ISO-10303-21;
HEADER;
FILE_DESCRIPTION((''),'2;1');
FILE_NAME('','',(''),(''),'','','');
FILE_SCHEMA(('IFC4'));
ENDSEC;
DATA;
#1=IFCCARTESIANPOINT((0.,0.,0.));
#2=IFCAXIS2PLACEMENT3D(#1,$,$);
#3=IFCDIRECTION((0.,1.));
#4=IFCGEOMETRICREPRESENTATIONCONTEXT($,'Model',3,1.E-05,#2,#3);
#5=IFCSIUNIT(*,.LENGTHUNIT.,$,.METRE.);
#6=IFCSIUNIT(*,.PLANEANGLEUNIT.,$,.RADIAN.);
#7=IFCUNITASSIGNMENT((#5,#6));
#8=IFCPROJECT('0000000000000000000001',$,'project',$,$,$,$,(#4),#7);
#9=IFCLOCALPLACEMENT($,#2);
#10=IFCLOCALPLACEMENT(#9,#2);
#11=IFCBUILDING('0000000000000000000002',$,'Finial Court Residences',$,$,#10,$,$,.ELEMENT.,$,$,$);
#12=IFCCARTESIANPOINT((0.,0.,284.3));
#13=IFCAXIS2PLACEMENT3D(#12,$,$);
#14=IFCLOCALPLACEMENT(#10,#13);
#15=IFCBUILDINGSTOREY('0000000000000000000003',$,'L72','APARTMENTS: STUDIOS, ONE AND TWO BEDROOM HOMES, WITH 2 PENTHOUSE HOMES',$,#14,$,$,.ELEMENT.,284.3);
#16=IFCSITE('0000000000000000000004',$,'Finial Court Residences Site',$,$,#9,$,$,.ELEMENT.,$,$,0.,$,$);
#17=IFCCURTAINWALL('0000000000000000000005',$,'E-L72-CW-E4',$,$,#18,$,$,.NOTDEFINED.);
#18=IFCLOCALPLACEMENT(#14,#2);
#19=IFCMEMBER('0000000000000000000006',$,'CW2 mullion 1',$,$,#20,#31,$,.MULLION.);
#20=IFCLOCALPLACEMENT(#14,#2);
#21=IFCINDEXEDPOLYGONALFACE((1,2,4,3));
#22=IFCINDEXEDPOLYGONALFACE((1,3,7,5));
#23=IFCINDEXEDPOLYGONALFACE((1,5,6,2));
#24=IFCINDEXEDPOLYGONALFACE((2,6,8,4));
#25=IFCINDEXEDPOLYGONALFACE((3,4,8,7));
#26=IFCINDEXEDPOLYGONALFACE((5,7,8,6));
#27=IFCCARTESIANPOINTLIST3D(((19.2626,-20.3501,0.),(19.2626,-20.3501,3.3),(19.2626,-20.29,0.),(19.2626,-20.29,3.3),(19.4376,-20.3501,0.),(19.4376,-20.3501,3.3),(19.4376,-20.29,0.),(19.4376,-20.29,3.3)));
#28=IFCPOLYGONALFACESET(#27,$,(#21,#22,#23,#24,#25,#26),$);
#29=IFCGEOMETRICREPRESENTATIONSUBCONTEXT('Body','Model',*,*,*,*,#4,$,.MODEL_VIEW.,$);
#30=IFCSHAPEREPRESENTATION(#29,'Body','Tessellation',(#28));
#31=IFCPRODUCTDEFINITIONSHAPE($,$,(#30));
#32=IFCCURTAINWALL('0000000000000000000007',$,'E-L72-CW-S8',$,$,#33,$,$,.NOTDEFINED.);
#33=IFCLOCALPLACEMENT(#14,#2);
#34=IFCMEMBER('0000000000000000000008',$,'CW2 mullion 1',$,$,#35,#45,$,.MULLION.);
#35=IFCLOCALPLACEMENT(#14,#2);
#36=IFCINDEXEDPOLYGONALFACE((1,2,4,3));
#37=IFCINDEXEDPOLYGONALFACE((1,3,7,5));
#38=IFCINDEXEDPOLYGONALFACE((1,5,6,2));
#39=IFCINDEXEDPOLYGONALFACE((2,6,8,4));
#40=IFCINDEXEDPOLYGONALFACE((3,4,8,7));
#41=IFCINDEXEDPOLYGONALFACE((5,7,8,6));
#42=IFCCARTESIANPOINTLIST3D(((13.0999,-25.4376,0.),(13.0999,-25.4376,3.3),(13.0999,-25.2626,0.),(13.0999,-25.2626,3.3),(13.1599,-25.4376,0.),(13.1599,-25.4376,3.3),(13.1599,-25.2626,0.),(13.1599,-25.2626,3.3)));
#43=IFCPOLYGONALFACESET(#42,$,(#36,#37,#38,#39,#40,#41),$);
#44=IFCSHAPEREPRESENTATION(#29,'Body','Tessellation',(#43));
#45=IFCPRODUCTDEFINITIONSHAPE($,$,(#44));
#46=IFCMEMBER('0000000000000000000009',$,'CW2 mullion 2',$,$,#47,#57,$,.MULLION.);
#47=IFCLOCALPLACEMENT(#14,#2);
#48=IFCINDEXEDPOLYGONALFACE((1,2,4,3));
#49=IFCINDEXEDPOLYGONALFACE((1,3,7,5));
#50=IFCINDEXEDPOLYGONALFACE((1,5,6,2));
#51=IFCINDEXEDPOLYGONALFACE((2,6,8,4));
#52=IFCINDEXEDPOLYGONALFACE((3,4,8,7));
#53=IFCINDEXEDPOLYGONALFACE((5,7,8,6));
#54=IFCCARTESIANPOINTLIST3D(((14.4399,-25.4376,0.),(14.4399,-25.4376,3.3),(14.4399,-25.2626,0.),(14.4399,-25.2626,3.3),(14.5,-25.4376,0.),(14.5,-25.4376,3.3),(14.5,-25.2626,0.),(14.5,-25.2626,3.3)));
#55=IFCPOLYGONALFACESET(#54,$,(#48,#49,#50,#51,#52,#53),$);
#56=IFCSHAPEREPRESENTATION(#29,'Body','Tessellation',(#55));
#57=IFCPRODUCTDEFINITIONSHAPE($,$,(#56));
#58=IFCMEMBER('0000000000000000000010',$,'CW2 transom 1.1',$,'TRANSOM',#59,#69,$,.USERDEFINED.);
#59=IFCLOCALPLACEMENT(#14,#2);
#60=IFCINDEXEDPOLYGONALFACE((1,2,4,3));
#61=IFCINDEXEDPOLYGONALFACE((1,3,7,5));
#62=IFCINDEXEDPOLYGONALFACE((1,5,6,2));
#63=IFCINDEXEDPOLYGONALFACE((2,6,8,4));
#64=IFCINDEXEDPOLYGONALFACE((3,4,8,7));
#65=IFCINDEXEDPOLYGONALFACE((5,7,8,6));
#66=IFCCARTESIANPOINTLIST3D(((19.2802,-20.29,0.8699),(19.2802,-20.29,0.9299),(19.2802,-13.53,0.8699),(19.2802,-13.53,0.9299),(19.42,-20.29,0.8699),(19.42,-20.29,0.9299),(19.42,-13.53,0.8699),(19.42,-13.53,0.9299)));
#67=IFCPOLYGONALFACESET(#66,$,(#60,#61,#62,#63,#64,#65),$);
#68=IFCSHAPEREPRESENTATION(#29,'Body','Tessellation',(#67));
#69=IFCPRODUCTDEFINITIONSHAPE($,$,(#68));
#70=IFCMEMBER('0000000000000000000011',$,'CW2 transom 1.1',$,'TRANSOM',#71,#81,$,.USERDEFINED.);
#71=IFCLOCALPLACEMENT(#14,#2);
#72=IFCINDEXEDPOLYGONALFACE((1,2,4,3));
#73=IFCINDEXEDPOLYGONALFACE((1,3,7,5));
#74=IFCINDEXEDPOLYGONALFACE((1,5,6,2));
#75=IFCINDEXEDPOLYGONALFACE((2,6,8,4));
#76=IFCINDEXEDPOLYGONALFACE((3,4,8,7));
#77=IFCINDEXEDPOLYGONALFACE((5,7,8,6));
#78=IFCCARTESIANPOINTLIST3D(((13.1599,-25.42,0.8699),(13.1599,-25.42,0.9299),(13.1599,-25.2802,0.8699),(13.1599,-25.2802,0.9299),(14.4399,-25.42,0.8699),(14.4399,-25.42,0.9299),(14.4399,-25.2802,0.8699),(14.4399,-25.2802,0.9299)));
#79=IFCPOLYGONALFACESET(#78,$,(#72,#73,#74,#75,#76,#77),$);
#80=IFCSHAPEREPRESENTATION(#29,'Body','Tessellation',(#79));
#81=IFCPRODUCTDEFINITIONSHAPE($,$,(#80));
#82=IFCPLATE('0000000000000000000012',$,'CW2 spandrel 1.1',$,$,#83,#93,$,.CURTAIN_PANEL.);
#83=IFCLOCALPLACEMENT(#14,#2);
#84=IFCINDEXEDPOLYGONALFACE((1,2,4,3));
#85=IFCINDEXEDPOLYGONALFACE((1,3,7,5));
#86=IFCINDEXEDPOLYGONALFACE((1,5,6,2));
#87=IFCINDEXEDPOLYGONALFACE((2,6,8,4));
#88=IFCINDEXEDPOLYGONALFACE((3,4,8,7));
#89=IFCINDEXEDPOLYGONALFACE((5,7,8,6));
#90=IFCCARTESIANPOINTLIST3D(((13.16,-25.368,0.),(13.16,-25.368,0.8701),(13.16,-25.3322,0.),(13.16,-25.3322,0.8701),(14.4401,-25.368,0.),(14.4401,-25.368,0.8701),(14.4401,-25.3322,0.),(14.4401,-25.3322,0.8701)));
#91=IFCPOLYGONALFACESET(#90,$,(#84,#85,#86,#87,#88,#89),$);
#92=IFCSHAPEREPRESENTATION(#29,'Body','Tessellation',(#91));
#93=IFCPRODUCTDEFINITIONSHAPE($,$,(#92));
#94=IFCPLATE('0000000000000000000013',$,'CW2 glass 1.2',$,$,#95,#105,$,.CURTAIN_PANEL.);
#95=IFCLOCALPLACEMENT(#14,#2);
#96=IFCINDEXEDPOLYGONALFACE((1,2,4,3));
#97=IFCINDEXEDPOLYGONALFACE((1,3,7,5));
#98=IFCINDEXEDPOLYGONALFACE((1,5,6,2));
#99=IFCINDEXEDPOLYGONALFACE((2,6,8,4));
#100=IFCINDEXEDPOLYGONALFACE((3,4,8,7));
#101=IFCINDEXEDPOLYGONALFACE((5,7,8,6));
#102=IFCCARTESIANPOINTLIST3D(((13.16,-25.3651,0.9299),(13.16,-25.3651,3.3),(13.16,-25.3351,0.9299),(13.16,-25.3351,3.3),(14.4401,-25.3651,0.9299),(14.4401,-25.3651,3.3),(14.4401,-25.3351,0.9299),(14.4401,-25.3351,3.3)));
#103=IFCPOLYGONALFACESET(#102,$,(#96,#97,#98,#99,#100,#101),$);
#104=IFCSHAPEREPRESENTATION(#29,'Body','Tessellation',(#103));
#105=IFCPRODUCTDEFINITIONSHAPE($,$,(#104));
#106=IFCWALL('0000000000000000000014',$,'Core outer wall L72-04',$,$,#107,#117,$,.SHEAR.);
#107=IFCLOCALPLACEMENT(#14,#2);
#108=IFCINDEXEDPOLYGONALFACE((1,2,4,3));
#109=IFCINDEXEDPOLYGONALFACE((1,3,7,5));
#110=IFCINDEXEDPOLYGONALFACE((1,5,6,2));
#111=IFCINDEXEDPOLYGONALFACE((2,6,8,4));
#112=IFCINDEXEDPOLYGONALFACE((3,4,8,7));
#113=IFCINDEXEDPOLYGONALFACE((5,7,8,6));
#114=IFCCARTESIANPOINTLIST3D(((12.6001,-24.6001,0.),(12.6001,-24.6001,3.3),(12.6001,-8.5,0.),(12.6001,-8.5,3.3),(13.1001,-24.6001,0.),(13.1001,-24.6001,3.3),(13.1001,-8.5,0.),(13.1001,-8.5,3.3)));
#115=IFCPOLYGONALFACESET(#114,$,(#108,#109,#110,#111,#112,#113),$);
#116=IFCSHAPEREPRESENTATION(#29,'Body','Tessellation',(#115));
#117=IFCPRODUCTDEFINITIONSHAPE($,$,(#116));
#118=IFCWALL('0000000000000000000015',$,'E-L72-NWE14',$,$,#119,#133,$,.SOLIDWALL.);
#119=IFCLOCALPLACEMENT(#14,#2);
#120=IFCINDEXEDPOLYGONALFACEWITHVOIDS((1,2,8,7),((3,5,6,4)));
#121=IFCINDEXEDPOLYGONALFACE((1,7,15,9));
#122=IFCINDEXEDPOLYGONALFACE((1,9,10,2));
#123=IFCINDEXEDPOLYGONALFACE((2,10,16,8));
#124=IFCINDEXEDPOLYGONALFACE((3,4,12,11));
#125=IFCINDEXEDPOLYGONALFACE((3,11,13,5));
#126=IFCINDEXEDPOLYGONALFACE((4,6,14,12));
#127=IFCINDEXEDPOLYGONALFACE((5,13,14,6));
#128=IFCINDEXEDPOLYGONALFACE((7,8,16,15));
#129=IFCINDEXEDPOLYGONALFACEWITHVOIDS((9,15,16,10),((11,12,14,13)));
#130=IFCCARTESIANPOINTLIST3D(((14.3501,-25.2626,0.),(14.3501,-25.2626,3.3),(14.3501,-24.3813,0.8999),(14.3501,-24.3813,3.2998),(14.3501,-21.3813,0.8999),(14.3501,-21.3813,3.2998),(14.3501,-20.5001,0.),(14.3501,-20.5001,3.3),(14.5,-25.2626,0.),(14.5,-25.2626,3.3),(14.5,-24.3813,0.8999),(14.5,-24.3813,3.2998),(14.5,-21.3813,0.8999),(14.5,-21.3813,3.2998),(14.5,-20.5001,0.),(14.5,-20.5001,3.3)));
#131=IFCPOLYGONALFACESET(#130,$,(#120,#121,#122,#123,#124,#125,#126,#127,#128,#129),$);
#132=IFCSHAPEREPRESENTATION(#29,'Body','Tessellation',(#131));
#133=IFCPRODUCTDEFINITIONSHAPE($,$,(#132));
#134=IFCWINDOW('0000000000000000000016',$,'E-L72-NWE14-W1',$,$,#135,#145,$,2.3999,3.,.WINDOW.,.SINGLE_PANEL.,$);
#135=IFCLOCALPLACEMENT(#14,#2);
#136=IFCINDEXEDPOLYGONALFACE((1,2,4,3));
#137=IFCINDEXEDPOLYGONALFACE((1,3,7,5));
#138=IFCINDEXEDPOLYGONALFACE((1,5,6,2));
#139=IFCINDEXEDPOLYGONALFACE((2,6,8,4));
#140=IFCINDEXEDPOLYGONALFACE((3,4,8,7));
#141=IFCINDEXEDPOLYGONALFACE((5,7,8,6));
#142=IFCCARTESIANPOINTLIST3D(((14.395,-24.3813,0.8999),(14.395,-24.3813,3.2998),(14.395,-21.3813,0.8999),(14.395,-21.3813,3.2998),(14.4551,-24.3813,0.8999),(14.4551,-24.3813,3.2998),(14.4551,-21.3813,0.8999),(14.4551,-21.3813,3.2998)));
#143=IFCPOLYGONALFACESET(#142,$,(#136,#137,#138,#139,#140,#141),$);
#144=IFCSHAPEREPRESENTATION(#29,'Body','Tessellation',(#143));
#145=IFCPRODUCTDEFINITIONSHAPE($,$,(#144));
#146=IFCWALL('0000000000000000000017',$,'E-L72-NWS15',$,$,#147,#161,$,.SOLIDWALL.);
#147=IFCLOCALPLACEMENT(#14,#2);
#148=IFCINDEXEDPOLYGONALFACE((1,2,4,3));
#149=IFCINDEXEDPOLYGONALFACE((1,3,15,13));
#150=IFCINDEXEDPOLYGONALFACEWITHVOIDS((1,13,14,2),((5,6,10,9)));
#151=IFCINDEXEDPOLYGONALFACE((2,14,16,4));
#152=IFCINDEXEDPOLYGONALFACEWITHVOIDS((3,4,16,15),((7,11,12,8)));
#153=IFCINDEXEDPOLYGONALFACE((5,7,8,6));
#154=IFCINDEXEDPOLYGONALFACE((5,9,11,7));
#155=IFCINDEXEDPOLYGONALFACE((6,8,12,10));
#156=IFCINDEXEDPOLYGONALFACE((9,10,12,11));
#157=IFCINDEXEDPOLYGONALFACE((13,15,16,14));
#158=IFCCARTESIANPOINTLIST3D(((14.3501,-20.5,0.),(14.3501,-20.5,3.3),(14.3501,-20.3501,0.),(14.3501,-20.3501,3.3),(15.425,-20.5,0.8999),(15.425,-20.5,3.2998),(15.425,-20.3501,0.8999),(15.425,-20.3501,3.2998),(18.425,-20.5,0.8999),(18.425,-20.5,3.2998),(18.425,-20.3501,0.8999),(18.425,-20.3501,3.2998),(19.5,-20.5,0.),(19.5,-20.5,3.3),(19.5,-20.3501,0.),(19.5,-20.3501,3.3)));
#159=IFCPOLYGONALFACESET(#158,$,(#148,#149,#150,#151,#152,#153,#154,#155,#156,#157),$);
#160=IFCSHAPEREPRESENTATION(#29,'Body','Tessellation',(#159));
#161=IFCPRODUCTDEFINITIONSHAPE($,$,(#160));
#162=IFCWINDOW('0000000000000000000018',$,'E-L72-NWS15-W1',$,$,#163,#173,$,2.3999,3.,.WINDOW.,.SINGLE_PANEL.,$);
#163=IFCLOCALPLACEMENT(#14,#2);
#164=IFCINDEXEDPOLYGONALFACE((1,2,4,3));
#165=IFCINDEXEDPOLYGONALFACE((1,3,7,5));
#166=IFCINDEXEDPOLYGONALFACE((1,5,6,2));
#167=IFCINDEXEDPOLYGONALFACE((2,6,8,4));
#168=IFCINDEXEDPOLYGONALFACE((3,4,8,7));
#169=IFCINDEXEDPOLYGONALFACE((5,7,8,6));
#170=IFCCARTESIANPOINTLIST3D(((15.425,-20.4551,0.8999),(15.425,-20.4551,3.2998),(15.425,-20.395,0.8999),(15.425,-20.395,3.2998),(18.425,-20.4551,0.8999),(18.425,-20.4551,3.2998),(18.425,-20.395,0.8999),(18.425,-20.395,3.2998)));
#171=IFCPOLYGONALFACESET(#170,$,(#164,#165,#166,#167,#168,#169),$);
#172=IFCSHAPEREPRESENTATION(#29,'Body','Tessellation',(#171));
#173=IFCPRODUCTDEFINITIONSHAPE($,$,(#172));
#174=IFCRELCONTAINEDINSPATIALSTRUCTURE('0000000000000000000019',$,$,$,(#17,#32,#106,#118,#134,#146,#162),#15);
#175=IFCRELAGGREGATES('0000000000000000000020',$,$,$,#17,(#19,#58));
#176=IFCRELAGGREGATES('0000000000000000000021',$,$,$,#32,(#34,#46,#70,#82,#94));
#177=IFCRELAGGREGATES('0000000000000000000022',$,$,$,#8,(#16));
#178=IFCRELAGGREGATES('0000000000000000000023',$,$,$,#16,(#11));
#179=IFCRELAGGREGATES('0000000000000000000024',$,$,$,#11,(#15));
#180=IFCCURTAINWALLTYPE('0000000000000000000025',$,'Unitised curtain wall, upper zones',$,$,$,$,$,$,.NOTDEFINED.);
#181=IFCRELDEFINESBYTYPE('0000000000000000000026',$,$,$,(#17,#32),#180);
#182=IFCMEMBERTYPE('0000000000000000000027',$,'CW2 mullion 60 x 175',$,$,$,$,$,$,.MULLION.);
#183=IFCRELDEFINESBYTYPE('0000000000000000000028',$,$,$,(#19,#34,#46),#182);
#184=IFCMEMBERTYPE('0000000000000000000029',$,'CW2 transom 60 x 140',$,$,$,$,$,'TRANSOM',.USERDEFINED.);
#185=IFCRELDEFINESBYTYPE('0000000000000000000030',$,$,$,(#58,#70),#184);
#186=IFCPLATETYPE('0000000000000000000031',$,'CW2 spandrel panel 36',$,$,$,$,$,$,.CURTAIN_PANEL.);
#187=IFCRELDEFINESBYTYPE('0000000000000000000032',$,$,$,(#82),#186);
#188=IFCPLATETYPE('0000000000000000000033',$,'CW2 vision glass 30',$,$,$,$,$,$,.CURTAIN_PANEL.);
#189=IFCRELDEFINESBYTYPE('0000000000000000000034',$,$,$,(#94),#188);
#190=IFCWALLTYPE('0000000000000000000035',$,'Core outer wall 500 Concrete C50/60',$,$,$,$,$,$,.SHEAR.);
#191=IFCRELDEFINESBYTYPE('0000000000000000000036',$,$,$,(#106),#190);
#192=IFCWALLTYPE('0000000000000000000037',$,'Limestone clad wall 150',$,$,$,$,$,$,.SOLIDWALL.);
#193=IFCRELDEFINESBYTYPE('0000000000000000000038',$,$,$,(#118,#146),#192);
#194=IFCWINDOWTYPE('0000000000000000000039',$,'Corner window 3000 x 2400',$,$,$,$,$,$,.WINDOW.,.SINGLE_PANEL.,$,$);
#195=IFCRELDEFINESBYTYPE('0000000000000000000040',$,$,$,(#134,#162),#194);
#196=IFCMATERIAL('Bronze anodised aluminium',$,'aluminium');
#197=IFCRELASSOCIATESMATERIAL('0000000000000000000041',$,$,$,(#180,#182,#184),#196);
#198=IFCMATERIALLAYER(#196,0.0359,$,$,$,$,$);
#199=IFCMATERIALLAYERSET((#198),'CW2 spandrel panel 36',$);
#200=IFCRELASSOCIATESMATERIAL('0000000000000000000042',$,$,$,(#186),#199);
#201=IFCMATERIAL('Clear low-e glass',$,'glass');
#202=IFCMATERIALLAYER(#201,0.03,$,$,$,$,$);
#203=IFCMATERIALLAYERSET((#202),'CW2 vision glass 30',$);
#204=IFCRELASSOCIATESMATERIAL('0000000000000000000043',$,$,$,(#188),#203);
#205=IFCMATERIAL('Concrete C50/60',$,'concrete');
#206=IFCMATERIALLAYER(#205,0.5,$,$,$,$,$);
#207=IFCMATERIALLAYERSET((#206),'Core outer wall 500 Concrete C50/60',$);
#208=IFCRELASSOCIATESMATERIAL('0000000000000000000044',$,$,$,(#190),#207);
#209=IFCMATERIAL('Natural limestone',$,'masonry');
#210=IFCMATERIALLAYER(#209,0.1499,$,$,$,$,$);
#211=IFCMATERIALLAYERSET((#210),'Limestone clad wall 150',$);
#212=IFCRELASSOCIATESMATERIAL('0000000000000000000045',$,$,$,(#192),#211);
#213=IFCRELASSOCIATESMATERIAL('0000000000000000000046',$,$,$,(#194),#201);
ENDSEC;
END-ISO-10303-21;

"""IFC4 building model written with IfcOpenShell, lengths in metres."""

from ifc_helpers import new_model, si_unit, direction, frame, frame_2d, origin, origin_2d, place, context, subcontext, project, spatial, rectangle, extrude, material, layer, layer_set, material_profile, profile_set, type_object, element, fill, aggregate, save


model = new_model("IFC4")

# Units and contexts
model_context = context("Model", 3, precision=1e-05, world=origin(), true_north=direction((0.0, 1.0)))
body_context = subcontext(model_context, "Body", "Model", "MODEL_VIEW")
ifc_project = project(units=[si_unit("LENGTHUNIT", "METRE"), si_unit("PLANEANGLEUNIT", "RADIAN")], contexts=[model_context])

# Site, building, storey
site_placement = place(None, origin())
site = spatial("IfcSite", under=ifc_project, at=site_placement, Name="Finial Court Residences Site", CompositionType="ELEMENT", RefElevation=0.0)
building_placement = place(site_placement, origin())
building = spatial("IfcBuilding", under=site, at=building_placement, Name="Finial Court Residences", CompositionType="ELEMENT")
storey_placement = place(building_placement, frame((0.0, 0.0, 284.3)))
storey = spatial("IfcBuildingStorey", under=building, at=storey_placement, Name="L72", Description="APARTMENTS: STUDIOS, ONE AND TWO BEDROOM HOMES, WITH 2 PENTHOUSE HOMES", CompositionType="ELEMENT", Elevation=284.3)

# Curtain wall, member
ifc_material_1 = material(Name="Bronze anodised aluminium", Category="aluminium")
curtain_wall_type = type_object("IfcCurtainWallType", Name="Unitised curtain wall, upper zones", PredefinedType="NOTDEFINED", material=ifc_material_1)
curtain_wall_1_placement = place(storey_placement, origin())
curtain_wall_1 = element("IfcCurtainWall", 1, at=curtain_wall_1_placement, inside=storey, type_object=curtain_wall_type, Name="E-L72-CW-E4", PredefinedType="NOTDEFINED")
ifc_material_profile_1 = material_profile(ifc_material_1, rectangle(XDim=0.175, YDim=0.0601, at=origin_2d()), Name="CW2 mullion 60 x 175")
ifc_profile_set_1 = profile_set([ifc_material_profile_1], Name="Bronze anodised aluminium")
member_type_1 = type_object("IfcMemberType", Name="CW2 mullion 60 x 175", PredefinedType="MULLION", material=ifc_profile_set_1)
member_1_placement = place(storey_placement, frame((19.3501, -20.3201, 0.0), z_axis=(0.0, 0.0, 1.0), x_axis=(-1.0, 0.0, 0.0)))
member_1 = element("IfcMember", 2, at=member_1_placement, type_object=member_type_1, Name="CW2 mullion 1", PredefinedType="MULLION", context=body_context, shape_type="SweptSolid", body=[
    extrude(rectangle(XDim=0.175, YDim=0.0601, at=origin_2d()), origin(), (0.0, 0.0, 1.0), 3.3),
])

# Curtain wall, members
curtain_wall_2_placement = place(storey_placement, origin())
curtain_wall_2 = element("IfcCurtainWall", 3, at=curtain_wall_2_placement, inside=storey, type_object=curtain_wall_type, Name="E-L72-CW-S8", PredefinedType="NOTDEFINED")
member_2_placement = place(storey_placement, frame((13.1299, -25.3501, 0.0), z_axis=(0.0, 0.0, 1.0), x_axis=(0.0, 1.0, 0.0)))
member_2 = element("IfcMember", 4, at=member_2_placement, type_object=member_type_1, Name="CW2 mullion 1", PredefinedType="MULLION", context=body_context, shape_type="SweptSolid", body=[
    extrude(rectangle(XDim=0.175, YDim=0.0601, at=origin_2d()), origin(), (0.0, 0.0, 1.0), 3.3),
])
member_3_placement = place(storey_placement, frame((14.47, -25.3501, 0.0), z_axis=(0.0, 0.0, 1.0), x_axis=(0.0, 1.0, 0.0)))
member_3 = element("IfcMember", 5, at=member_3_placement, type_object=member_type_1, Name="CW2 mullion 2", PredefinedType="MULLION", context=body_context, shape_type="SweptSolid", body=[
    extrude(rectangle(XDim=0.175, YDim=0.0601, at=origin_2d()), origin(), (0.0, 0.0, 1.0), 3.3),
])

# Members
ifc_material_profile_2 = material_profile(ifc_material_1, rectangle(XDim=0.1399, YDim=0.0601, at=origin_2d()), Name="CW2 transom 60 x 140")
ifc_profile_set_2 = profile_set([ifc_material_profile_2], Name="Bronze anodised aluminium")
member_type_2 = type_object("IfcMemberType", Name="CW2 transom 60 x 140", ElementType="TRANSOM", PredefinedType="USERDEFINED", material=ifc_profile_set_2)
member_4_placement = place(storey_placement, frame((19.3501, -20.29, 0.8999), z_axis=(0.0, 1.0, 0.0), x_axis=(-1.0, 0.0, 0.0)))
member_4 = element("IfcMember", 6, at=member_4_placement, type_object=member_type_2, Name="CW2 transom 1.1", ObjectType="TRANSOM", PredefinedType="USERDEFINED", context=body_context, shape_type="SweptSolid", body=[
    extrude(rectangle(XDim=0.1399, YDim=0.0601, at=origin_2d()), origin(), (0.0, 0.0, 1.0), 6.76),
])
aggregate(curtain_wall_1, [member_1, member_4])
member_5_placement = place(storey_placement, frame((13.1599, -25.3501, 0.8999), z_axis=(1.0, 0.0, 0.0), x_axis=(0.0, 1.0, 0.0)))
member_5 = element("IfcMember", 7, at=member_5_placement, type_object=member_type_2, Name="CW2 transom 1.1", ObjectType="TRANSOM", PredefinedType="USERDEFINED", context=body_context, shape_type="SweptSolid", body=[
    extrude(rectangle(XDim=0.1399, YDim=0.0601, at=origin_2d()), origin(), (0.0, 0.0, 1.0), 1.28),
])

# Plates
ifc_layer_1 = layer(ifc_material_1, 0.0359)
ifc_layer_set_1 = layer_set([ifc_layer_1], Name="CW2 spandrel panel 36")
plate_type_1 = type_object("IfcPlateType", Name="CW2 spandrel panel 36", PredefinedType="CURTAIN_PANEL", material=ifc_layer_set_1)
plate_1_placement = place(storey_placement, frame((13.8, -25.3501, 0.0), z_axis=(0.0, 0.0, 1.0), x_axis=(1.0, 0.0, 0.0)))
plate_1 = element("IfcPlate", 8, at=plate_1_placement, type_object=plate_type_1, Name="CW2 spandrel 1.1", PredefinedType="CURTAIN_PANEL", context=body_context, shape_type="SweptSolid", body=[
    extrude(rectangle(XDim=1.28, YDim=0.0359, at=origin_2d()), origin(), (0.0, 0.0, 1.0), 0.8701),
])
ifc_material_2 = material(Name="Clear low-e glass", Category="glass")
ifc_layer_2 = layer(ifc_material_2, 0.03)
ifc_layer_set_2 = layer_set([ifc_layer_2], Name="CW2 vision glass 30")
plate_type_2 = type_object("IfcPlateType", Name="CW2 vision glass 30", PredefinedType="CURTAIN_PANEL", material=ifc_layer_set_2)
plate_2_placement = place(storey_placement, frame((13.8, -25.3501, 0.9299), z_axis=(0.0, 0.0, 1.0), x_axis=(1.0, 0.0, 0.0)))
plate_2 = element("IfcPlate", 9, at=plate_2_placement, type_object=plate_type_2, Name="CW2 glass 1.2", PredefinedType="CURTAIN_PANEL", context=body_context, shape_type="SweptSolid", body=[
    extrude(rectangle(XDim=1.28, YDim=0.03, at=origin_2d()), origin(), (0.0, 0.0, 1.0), 2.3701),
])
aggregate(curtain_wall_2, [member_2, member_3, member_5, plate_1, plate_2])

# Wall
ifc_material_3 = material(Name="Concrete C50/60", Category="concrete")
ifc_layer_3 = layer(ifc_material_3, 0.5)
ifc_layer_set_3 = layer_set([ifc_layer_3], Name="Core outer wall 500 Concrete C50/60")
wall_type_1 = type_object("IfcWallType", Name="Core outer wall 500 Concrete C50/60", PredefinedType="SHEAR", material=ifc_layer_set_3)
wall_1_placement = place(storey_placement, frame((12.8501, -24.6001, 0.0), z_axis=(0.0, 0.0, 1.0), x_axis=(0.0, 1.0, 0.0)))
element("IfcWall", 10, at=wall_1_placement, inside=storey, type_object=wall_type_1, Name="Core outer wall L72-04", PredefinedType="SHEAR", context=body_context, shape_type="SweptSolid", body=[
    extrude(rectangle(XDim=16.1001, YDim=0.5, at=frame_2d((8.05, 0.0))), origin(), (0.0, 0.0, 1.0), 3.3),
])

# Walls, openings, windows
ifc_material_4 = material(Name="Natural limestone", Category="masonry")
ifc_layer_4 = layer(ifc_material_4, 0.1499)
ifc_layer_set_4 = layer_set([ifc_layer_4], Name="Limestone clad wall 150")
wall_type_2 = type_object("IfcWallType", Name="Limestone clad wall 150", PredefinedType="SOLIDWALL", material=ifc_layer_set_4)
wall_2_placement = place(storey_placement, frame((14.425, -20.5, 0.0), z_axis=(0.0, 0.0, 1.0), x_axis=(0.0, -1.0, 0.0)))
wall_2 = element("IfcWall", 11, at=wall_2_placement, inside=storey, type_object=wall_type_2, Name="E-L72-NWE14", PredefinedType="SOLIDWALL", context=body_context, shape_type="SweptSolid", body=[
    extrude(rectangle(XDim=4.7625, YDim=0.1499, at=frame_2d((2.3813, 0.0))), origin(), (0.0, 0.0, 1.0), 3.3),
])
opening_1_placement = place(wall_2_placement, frame((0.8813, 0.0, 0.8999)))
opening_1 = element("IfcOpeningElement", 12, at=opening_1_placement, cuts=wall_2, PredefinedType="OPENING", context=body_context, shape_type="SweptSolid", body=[
    extrude(rectangle(XDim=3.0, YDim=2.3999, at=frame_2d((1.5, 1.2))), frame((0.0, 0.085, 0.0), z_axis=(0.0, -1.0, 0.0), x_axis=(1.0, 0.0, 0.0)), (0.0, 0.0, 1.0), 0.1699),
])
window_type = type_object("IfcWindowType", Name="Corner window 3000 x 2400", PartitioningType="SINGLE_PANEL", PredefinedType="WINDOW", material=ifc_material_2)
window_1_placement = place(opening_1_placement, origin())
window_1 = element("IfcWindow", 13, at=window_1_placement, inside=storey, type_object=window_type, Name="E-L72-NWE14-W1", OverallHeight=2.3999, OverallWidth=3.0, PartitioningType="SINGLE_PANEL", PredefinedType="WINDOW", context=body_context, shape_type="SweptSolid", body=[
    extrude(rectangle(XDim=3.0, YDim=2.3999, at=frame_2d((1.5, 1.2))), frame((0.0, 0.03, 0.0), z_axis=(0.0, -1.0, 0.0), x_axis=(1.0, 0.0, 0.0)), (0.0, 0.0, 1.0), 0.0601),
])
fill(opening_1, window_1)
wall_3_placement = place(storey_placement, frame((19.5, -20.425, 0.0), z_axis=(0.0, 0.0, 1.0), x_axis=(-1.0, 0.0, 0.0)))
wall_3 = element("IfcWall", 14, at=wall_3_placement, inside=storey, type_object=wall_type_2, Name="E-L72-NWS15", PredefinedType="SOLIDWALL", context=body_context, shape_type="SweptSolid", body=[
    extrude(rectangle(XDim=5.1499, YDim=0.1499, at=frame_2d((2.575, 0.0))), origin(), (0.0, 0.0, 1.0), 3.3),
])
opening_2_placement = place(wall_3_placement, frame((1.075, 0.0, 0.8999)))
opening_2 = element("IfcOpeningElement", 15, at=opening_2_placement, cuts=wall_3, PredefinedType="OPENING", context=body_context, shape_type="SweptSolid", body=[
    extrude(rectangle(XDim=3.0, YDim=2.3999, at=frame_2d((1.5, 1.2))), frame((0.0, 0.085, 0.0), z_axis=(0.0, -1.0, 0.0), x_axis=(1.0, 0.0, 0.0)), (0.0, 0.0, 1.0), 0.1699),
])
window_2_placement = place(opening_2_placement, origin())
window_2 = element("IfcWindow", 16, at=window_2_placement, inside=storey, type_object=window_type, Name="E-L72-NWS15-W1", OverallHeight=2.3999, OverallWidth=3.0, PartitioningType="SINGLE_PANEL", PredefinedType="WINDOW", context=body_context, shape_type="SweptSolid", body=[
    extrude(rectangle(XDim=3.0, YDim=2.3999, at=frame_2d((1.5, 1.2))), frame((0.0, 0.03, 0.0), z_axis=(0.0, -1.0, 0.0), x_axis=(1.0, 0.0, 0.0)), (0.0, 0.0, 1.0), 0.0601),
])
fill(opening_2, window_2)

save(model, "model.ifc")
